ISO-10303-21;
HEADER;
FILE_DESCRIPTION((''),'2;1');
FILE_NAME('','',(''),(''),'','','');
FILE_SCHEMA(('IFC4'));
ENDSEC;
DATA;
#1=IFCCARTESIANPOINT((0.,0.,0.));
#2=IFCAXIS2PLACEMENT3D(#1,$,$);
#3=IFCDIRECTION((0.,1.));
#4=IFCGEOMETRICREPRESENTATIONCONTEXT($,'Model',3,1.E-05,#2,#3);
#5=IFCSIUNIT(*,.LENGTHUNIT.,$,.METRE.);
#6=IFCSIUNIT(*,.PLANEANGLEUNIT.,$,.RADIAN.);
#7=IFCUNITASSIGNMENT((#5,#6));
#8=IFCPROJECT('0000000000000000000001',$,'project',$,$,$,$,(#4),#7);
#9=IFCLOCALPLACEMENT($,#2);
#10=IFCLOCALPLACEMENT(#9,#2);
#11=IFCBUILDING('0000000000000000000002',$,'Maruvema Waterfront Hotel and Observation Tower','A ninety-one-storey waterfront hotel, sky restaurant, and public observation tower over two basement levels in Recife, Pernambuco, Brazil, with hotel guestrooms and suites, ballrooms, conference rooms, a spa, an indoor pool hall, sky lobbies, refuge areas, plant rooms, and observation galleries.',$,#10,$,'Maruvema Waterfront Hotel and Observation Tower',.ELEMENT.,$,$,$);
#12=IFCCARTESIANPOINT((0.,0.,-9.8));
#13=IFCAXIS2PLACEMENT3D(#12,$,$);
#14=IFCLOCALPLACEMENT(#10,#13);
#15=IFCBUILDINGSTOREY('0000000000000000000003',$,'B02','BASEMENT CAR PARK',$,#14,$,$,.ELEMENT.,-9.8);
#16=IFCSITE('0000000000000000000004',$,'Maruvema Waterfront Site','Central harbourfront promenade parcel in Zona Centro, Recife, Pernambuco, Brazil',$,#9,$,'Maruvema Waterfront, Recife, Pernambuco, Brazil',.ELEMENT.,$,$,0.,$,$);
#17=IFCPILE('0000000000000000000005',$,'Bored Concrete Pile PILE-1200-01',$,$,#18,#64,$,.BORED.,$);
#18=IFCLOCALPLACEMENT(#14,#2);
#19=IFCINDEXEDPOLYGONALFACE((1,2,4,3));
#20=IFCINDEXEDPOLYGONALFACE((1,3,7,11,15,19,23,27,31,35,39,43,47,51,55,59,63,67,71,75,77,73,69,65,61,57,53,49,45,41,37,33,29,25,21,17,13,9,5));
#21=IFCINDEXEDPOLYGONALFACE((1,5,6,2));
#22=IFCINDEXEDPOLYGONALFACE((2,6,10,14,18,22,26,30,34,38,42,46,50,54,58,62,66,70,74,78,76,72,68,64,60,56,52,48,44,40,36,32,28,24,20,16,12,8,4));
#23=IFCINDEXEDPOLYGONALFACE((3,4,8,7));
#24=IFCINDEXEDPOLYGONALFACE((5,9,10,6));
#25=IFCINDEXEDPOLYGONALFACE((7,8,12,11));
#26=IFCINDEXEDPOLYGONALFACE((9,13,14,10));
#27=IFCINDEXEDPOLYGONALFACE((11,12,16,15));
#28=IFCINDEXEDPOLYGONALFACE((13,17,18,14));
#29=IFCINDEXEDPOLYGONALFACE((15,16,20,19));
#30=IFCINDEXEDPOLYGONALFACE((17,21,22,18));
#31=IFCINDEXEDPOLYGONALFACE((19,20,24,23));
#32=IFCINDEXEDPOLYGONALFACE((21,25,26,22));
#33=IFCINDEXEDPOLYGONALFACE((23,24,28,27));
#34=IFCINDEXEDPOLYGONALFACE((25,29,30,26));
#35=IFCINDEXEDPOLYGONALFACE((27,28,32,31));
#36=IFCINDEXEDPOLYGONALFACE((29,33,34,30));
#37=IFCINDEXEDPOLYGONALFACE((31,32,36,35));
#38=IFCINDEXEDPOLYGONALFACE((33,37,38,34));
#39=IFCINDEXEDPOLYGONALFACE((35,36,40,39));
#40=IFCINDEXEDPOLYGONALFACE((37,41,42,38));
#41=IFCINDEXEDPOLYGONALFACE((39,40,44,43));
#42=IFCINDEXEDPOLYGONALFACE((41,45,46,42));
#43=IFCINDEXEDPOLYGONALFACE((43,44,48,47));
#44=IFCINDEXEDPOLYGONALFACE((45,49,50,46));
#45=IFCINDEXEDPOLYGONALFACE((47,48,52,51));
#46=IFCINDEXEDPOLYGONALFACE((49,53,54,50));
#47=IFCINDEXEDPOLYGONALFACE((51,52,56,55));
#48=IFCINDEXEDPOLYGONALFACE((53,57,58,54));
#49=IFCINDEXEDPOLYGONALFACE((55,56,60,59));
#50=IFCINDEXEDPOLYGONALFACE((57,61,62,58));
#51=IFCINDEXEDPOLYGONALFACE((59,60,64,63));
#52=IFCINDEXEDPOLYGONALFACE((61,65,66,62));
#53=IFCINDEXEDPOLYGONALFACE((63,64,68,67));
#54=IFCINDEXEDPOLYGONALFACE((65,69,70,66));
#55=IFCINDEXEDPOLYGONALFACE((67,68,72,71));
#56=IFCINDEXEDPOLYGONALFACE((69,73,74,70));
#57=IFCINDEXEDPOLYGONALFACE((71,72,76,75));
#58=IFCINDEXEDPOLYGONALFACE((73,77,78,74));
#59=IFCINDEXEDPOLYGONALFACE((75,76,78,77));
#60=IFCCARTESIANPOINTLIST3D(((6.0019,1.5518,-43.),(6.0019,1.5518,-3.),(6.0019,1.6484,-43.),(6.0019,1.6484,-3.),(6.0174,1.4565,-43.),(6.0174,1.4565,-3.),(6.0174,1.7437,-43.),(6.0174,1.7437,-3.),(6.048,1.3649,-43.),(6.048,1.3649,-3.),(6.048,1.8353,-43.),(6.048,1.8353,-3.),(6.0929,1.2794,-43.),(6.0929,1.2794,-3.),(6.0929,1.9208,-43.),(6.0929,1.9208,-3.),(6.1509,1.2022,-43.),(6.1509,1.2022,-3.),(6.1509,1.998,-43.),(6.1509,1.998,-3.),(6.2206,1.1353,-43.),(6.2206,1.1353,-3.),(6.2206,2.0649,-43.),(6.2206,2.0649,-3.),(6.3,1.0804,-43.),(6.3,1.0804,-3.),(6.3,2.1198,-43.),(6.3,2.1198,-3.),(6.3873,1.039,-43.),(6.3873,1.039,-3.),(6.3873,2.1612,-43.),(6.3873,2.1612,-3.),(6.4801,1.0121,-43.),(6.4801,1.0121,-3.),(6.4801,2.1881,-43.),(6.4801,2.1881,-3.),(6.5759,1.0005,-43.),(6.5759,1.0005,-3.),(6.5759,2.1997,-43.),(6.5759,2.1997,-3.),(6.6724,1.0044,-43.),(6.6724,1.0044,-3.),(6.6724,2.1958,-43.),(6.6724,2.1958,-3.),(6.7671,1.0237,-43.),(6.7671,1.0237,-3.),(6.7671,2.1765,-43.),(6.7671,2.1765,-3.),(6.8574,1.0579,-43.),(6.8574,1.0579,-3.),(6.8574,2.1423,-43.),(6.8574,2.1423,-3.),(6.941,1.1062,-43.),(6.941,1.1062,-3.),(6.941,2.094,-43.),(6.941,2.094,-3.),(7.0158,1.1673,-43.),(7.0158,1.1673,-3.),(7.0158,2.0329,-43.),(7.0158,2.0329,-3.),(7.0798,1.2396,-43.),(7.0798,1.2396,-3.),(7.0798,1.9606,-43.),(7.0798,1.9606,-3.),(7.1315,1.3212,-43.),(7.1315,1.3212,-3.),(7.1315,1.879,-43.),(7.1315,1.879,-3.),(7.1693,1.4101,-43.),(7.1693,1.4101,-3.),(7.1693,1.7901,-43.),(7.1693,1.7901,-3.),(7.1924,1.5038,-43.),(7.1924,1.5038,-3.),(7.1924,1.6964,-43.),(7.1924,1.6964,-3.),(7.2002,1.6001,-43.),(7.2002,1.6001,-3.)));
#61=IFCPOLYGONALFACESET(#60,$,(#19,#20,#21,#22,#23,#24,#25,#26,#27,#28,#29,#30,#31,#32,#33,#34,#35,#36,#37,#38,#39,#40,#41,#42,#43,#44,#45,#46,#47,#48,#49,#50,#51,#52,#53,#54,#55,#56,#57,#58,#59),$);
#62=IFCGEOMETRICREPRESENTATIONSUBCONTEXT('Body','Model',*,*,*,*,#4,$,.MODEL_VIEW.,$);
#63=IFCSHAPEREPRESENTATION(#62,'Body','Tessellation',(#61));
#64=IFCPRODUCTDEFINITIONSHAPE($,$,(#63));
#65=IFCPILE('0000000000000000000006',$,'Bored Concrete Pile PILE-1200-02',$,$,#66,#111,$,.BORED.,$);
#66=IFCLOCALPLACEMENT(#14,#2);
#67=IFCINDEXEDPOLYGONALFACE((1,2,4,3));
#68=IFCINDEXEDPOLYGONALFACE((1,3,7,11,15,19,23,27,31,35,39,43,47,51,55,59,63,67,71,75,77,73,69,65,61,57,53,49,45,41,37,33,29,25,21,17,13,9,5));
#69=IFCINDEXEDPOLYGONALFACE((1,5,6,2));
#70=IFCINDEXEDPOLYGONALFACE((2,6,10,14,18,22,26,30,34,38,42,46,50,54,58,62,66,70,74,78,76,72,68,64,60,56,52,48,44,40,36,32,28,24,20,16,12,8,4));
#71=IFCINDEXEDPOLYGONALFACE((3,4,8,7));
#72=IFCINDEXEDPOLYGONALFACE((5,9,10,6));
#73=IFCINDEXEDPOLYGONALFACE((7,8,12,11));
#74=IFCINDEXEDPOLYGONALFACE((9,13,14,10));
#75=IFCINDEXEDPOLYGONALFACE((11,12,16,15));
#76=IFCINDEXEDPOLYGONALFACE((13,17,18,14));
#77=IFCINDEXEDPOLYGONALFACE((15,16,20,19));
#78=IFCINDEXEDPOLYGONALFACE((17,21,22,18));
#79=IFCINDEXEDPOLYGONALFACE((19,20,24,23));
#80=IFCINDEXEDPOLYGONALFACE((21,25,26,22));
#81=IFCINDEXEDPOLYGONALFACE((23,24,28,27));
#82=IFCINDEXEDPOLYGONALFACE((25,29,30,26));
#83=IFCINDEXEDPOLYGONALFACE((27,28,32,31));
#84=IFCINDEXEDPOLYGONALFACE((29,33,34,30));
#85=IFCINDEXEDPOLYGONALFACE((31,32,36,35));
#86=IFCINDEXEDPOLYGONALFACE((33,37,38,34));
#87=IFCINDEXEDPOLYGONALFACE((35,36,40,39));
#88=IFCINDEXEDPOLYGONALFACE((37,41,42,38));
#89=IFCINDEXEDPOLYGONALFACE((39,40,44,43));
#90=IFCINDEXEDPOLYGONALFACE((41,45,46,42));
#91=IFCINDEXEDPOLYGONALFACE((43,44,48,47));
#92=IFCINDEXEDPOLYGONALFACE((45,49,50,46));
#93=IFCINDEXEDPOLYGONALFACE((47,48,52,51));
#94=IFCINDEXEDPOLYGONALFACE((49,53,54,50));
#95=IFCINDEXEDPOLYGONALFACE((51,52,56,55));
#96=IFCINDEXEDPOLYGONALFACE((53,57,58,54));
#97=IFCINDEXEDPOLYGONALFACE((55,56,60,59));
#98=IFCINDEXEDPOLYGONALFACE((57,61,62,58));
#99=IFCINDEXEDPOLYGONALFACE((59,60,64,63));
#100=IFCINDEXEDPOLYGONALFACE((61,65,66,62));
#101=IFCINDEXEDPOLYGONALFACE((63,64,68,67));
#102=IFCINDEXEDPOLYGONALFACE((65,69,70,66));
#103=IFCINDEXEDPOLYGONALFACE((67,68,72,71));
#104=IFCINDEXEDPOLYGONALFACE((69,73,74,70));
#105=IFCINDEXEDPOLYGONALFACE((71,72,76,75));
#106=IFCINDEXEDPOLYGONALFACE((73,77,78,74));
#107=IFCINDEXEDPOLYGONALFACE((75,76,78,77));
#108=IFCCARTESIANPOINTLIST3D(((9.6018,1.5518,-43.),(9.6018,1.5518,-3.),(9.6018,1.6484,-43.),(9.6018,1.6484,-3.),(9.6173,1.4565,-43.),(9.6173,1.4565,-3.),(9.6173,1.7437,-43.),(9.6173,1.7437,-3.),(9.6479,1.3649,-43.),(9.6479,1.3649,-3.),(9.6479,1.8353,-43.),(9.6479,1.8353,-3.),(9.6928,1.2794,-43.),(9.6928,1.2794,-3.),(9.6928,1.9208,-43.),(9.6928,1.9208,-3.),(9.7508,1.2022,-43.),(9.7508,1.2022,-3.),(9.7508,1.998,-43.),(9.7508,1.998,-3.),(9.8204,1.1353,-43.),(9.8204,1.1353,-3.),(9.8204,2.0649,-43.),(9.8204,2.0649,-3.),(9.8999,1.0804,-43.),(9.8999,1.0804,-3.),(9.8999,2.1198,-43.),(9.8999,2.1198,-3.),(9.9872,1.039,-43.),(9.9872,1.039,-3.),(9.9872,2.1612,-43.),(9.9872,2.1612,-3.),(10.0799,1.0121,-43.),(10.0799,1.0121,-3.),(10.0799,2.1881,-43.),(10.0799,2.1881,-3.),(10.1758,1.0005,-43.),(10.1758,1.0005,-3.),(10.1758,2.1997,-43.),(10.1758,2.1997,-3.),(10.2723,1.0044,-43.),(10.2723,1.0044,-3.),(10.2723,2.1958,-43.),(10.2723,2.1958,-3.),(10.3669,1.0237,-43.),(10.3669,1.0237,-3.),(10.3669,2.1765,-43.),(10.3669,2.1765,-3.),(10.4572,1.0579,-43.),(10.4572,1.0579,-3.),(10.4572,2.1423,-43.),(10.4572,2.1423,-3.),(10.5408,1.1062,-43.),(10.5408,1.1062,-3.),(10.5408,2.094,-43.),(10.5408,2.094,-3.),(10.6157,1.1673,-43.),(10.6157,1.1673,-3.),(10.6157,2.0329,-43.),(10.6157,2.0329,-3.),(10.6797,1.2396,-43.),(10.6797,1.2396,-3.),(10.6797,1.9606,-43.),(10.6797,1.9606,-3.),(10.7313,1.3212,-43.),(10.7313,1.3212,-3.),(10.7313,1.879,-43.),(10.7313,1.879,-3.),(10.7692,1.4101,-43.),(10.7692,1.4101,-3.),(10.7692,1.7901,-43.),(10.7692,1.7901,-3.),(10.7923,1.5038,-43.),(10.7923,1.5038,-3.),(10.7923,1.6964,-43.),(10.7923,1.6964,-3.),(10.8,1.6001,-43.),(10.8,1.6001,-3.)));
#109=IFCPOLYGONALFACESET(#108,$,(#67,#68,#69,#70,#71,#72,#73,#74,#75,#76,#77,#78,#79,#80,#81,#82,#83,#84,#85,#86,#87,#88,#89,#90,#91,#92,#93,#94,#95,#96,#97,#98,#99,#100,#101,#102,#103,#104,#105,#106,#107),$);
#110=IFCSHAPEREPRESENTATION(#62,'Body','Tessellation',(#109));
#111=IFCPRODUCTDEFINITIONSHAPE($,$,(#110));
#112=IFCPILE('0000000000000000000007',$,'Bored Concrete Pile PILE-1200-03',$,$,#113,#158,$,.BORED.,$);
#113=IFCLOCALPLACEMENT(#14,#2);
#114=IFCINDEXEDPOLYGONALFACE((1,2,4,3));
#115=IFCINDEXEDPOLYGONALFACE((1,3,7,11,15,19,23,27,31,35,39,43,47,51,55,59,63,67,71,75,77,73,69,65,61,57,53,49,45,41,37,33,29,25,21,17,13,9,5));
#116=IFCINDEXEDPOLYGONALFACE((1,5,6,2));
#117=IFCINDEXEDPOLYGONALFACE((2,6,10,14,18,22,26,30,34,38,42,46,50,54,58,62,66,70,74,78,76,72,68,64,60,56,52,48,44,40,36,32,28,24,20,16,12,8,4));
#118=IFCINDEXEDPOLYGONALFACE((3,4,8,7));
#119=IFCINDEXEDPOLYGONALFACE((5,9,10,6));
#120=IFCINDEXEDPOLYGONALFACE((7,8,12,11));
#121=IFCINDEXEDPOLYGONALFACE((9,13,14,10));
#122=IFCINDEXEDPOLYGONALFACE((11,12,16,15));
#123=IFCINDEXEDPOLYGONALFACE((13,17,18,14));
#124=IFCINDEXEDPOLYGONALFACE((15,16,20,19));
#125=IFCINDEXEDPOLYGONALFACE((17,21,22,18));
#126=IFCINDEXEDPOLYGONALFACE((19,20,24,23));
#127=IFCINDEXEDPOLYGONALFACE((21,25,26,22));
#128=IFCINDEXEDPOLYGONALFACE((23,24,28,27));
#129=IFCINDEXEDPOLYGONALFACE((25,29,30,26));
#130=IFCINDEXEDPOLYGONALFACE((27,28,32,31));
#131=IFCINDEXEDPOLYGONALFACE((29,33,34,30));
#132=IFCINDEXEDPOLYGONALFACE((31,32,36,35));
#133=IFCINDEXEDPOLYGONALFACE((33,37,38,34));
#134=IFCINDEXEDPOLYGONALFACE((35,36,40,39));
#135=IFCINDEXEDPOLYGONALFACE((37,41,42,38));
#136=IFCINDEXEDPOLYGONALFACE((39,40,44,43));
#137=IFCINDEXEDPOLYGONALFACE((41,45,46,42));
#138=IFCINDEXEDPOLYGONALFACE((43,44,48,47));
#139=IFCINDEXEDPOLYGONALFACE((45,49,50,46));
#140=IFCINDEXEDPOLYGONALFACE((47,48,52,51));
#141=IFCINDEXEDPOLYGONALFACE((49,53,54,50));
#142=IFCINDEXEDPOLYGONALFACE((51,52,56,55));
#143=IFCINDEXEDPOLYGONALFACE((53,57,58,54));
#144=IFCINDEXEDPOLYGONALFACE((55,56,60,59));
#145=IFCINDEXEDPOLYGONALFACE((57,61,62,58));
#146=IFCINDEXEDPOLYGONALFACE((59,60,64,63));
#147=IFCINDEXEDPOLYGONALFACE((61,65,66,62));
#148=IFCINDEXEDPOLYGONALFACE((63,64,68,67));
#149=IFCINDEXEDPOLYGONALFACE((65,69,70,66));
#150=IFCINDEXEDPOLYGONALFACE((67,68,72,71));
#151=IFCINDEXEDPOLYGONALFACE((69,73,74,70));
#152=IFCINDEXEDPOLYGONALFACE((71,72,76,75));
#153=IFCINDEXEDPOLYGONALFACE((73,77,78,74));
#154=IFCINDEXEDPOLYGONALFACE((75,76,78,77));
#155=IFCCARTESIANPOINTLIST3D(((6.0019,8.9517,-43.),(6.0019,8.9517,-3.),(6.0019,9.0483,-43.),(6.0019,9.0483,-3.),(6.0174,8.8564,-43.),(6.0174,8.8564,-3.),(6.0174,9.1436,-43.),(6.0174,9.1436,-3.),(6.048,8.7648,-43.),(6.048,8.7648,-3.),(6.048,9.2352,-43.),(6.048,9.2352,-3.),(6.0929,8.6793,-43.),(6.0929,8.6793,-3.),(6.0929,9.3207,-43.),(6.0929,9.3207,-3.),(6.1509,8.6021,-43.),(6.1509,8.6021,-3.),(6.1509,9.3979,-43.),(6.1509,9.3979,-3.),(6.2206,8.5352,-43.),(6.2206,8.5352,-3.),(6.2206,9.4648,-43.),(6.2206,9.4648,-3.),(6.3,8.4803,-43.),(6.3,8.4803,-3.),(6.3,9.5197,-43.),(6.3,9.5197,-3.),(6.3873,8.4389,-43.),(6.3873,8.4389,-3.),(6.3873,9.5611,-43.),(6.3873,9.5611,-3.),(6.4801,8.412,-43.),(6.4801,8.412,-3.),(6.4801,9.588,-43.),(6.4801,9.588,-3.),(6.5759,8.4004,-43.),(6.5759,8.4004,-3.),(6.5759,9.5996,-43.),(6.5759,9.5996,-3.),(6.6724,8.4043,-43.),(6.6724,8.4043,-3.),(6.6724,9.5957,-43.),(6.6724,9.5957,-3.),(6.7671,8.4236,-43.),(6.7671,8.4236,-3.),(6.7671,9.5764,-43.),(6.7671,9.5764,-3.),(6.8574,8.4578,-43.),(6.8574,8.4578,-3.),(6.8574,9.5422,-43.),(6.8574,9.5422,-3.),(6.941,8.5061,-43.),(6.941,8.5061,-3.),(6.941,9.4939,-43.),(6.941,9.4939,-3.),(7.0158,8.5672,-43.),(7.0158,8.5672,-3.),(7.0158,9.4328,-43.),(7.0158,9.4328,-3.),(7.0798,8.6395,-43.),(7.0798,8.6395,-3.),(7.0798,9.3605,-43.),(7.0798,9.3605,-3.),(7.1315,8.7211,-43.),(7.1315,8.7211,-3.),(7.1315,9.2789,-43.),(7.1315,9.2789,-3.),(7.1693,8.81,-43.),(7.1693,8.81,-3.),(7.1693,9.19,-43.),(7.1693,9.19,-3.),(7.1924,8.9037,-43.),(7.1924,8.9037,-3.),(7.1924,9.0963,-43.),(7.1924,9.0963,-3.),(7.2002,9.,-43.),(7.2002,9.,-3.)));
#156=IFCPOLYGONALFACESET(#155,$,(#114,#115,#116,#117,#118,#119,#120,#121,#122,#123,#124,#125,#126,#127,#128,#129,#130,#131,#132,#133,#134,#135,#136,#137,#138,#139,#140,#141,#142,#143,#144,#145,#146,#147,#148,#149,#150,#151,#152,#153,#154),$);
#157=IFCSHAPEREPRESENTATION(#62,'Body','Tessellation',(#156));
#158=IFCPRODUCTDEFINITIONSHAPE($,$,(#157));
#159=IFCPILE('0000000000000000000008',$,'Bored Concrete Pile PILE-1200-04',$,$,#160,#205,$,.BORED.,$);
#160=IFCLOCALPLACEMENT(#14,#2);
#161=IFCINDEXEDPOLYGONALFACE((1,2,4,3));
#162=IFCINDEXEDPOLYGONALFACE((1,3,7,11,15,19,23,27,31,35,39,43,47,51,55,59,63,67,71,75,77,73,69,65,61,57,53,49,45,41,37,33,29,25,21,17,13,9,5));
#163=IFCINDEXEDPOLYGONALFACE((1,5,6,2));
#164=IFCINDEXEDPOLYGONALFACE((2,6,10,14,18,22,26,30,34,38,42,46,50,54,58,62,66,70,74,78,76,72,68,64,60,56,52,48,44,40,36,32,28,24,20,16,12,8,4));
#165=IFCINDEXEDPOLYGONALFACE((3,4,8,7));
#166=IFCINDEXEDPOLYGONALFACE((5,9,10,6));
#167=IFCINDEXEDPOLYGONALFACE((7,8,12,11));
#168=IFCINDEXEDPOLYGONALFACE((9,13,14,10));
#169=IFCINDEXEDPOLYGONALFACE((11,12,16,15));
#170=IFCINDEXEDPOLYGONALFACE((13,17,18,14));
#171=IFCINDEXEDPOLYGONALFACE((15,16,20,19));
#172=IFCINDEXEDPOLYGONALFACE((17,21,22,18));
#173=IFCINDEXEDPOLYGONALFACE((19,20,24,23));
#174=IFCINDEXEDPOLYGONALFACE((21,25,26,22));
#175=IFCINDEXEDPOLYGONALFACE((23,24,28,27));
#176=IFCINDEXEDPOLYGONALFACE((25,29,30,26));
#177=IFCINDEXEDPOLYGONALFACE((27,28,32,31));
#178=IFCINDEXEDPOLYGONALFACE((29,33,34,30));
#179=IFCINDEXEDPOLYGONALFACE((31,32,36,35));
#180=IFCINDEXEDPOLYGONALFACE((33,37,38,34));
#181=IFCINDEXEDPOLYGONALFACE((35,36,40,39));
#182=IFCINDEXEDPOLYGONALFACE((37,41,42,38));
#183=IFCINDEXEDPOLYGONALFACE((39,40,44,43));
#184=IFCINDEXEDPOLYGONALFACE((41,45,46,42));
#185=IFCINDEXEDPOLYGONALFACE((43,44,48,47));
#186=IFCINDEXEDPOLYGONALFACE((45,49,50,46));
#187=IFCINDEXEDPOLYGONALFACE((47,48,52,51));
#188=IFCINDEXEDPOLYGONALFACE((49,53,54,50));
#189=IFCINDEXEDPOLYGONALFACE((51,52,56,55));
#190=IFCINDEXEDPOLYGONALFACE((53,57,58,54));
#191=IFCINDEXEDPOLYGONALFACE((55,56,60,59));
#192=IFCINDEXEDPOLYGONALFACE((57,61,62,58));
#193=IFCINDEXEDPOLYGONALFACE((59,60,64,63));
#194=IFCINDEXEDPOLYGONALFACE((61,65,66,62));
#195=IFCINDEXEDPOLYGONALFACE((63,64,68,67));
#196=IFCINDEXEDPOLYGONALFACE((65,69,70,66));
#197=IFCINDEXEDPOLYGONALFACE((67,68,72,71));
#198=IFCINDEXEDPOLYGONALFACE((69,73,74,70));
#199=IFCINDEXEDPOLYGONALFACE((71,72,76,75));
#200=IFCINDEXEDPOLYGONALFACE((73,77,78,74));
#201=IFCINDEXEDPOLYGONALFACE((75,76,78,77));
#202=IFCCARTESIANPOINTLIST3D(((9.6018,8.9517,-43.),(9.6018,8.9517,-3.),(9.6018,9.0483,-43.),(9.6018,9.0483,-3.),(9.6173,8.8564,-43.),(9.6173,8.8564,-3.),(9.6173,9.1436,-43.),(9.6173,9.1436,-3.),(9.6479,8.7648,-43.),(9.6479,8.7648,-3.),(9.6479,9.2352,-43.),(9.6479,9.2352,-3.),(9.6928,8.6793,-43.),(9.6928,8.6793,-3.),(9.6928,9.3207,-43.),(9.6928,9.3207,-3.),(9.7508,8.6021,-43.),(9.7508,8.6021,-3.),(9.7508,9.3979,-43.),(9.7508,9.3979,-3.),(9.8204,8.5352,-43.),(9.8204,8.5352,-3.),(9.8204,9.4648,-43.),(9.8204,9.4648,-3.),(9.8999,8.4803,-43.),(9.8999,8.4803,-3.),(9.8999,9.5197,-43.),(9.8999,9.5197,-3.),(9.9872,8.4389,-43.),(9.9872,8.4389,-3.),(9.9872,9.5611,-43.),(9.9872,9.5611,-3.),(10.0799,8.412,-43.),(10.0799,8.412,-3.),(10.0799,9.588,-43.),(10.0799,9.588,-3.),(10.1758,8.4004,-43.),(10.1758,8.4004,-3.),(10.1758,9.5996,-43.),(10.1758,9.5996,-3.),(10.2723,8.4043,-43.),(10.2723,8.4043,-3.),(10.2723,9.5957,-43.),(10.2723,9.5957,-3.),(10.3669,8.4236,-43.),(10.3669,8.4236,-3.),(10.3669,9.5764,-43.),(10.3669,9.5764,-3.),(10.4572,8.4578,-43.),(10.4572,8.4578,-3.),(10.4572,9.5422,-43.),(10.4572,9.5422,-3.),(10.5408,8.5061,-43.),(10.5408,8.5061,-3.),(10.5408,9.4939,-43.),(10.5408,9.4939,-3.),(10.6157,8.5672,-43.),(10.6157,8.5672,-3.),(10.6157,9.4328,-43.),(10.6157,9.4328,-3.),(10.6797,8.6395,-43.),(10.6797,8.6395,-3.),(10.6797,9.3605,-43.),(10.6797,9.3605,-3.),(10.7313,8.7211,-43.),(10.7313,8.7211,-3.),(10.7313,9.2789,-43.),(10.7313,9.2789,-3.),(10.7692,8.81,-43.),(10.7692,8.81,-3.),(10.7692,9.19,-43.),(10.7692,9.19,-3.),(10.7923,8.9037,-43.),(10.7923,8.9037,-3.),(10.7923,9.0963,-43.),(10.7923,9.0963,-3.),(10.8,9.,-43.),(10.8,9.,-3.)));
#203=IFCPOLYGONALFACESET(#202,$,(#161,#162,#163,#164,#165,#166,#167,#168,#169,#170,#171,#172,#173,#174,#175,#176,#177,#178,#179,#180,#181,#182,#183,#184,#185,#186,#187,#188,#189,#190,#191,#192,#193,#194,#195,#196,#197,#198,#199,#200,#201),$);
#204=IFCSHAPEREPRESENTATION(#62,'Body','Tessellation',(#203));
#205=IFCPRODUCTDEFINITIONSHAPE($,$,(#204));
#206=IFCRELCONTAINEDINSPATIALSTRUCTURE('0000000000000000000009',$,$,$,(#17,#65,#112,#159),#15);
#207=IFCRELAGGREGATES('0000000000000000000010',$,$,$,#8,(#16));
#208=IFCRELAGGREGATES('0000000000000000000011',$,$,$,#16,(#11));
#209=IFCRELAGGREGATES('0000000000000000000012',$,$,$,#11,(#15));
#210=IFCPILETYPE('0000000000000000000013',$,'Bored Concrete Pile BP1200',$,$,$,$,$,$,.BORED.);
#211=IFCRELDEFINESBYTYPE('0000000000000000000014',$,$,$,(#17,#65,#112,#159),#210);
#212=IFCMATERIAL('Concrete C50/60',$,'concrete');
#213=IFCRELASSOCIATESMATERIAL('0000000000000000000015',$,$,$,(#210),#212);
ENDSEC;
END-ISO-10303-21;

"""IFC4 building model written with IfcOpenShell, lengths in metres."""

from ifc_helpers import new_model, si_unit, direction, frame, origin, origin_2d, place, context, subcontext, project, spatial, circle, extrude, material, material_profile, profile_set, type_object, element, save


model = new_model("IFC4")

# Units and contexts
model_context = context("Model", 3, precision=1e-05, world=origin(), true_north=direction((0.0, 1.0)))
body_context = subcontext(model_context, "Body", "Model", "MODEL_VIEW")
ifc_project = project(units=[si_unit("LENGTHUNIT", "METRE"), si_unit("PLANEANGLEUNIT", "RADIAN")], contexts=[model_context])

# Site, building, storey
site_placement = place(None, origin())
site = spatial("IfcSite", under=ifc_project, at=site_placement, Name="Maruvema Waterfront Site", Description="Central harbourfront promenade parcel in Zona Centro, Recife, Pernambuco, Brazil", LongName="Maruvema Waterfront, Recife, Pernambuco, Brazil", CompositionType="ELEMENT", RefElevation=0.0)
building_placement = place(site_placement, origin())
building = spatial("IfcBuilding", under=site, at=building_placement, Name="Maruvema Waterfront Hotel and Observation Tower", Description="A ninety-one-storey waterfront hotel, sky restaurant, and public observation tower over two basement levels in Recife, Pernambuco, Brazil, with hotel guestrooms and suites, ballrooms, conference rooms, a spa, an indoor pool hall, sky lobbies, refuge areas, plant rooms, and observation galleries.", LongName="Maruvema Waterfront Hotel and Observation Tower", CompositionType="ELEMENT")
storey_placement = place(building_placement, frame((0.0, 0.0, -9.8)))
storey = spatial("IfcBuildingStorey", under=building, at=storey_placement, Name="B02", Description="BASEMENT CAR PARK", CompositionType="ELEMENT", Elevation=-9.8)

# Piles
ifc_material_1 = material(Name="Concrete C50/60", Category="concrete")
ifc_material_profile_1 = material_profile(ifc_material_1, circle(Radius=0.6001, at=origin_2d()), Name="BP1200")
ifc_profile_set_1 = profile_set([ifc_material_profile_1], Name="Concrete C50/60")
pile_type_1 = type_object("IfcPileType", Name="Bored Concrete Pile BP1200", PredefinedType="BORED", material=ifc_profile_set_1)
for number, where, z_axis, x_axis, name in (
    (1, (6.6001, 1.6001, -3.0), (0.0, 0.0, -1.0), (1.0, 0.0, 0.0), "Bored Concrete Pile PILE-1200-01"),
    (2, (10.2, 1.6001, -3.0), (0.0, 0.0, -1.0), (1.0, 0.0, 0.0), "Bored Concrete Pile PILE-1200-02"),
    (3, (6.6001, 9.0, -3.0), (0.0, 0.0, -1.0), (1.0, 0.0, 0.0), "Bored Concrete Pile PILE-1200-03"),
    (4, (10.2, 9.0, -3.0), (0.0, 0.0, -1.0), (1.0, 0.0, 0.0), "Bored Concrete Pile PILE-1200-04"),
):
    element("IfcPile", number, at=place(storey_placement, frame(where, z_axis=z_axis, x_axis=x_axis)), inside=storey, type_object=pile_type_1, Name=name, PredefinedType="BORED", context=body_context, shape_type="SweptSolid", body=[
        extrude(circle(Radius=0.6001, at=origin_2d()), origin(), (0.0, 0.0, 1.0), 40.0),
    ])

save(model, "model.ifc")
